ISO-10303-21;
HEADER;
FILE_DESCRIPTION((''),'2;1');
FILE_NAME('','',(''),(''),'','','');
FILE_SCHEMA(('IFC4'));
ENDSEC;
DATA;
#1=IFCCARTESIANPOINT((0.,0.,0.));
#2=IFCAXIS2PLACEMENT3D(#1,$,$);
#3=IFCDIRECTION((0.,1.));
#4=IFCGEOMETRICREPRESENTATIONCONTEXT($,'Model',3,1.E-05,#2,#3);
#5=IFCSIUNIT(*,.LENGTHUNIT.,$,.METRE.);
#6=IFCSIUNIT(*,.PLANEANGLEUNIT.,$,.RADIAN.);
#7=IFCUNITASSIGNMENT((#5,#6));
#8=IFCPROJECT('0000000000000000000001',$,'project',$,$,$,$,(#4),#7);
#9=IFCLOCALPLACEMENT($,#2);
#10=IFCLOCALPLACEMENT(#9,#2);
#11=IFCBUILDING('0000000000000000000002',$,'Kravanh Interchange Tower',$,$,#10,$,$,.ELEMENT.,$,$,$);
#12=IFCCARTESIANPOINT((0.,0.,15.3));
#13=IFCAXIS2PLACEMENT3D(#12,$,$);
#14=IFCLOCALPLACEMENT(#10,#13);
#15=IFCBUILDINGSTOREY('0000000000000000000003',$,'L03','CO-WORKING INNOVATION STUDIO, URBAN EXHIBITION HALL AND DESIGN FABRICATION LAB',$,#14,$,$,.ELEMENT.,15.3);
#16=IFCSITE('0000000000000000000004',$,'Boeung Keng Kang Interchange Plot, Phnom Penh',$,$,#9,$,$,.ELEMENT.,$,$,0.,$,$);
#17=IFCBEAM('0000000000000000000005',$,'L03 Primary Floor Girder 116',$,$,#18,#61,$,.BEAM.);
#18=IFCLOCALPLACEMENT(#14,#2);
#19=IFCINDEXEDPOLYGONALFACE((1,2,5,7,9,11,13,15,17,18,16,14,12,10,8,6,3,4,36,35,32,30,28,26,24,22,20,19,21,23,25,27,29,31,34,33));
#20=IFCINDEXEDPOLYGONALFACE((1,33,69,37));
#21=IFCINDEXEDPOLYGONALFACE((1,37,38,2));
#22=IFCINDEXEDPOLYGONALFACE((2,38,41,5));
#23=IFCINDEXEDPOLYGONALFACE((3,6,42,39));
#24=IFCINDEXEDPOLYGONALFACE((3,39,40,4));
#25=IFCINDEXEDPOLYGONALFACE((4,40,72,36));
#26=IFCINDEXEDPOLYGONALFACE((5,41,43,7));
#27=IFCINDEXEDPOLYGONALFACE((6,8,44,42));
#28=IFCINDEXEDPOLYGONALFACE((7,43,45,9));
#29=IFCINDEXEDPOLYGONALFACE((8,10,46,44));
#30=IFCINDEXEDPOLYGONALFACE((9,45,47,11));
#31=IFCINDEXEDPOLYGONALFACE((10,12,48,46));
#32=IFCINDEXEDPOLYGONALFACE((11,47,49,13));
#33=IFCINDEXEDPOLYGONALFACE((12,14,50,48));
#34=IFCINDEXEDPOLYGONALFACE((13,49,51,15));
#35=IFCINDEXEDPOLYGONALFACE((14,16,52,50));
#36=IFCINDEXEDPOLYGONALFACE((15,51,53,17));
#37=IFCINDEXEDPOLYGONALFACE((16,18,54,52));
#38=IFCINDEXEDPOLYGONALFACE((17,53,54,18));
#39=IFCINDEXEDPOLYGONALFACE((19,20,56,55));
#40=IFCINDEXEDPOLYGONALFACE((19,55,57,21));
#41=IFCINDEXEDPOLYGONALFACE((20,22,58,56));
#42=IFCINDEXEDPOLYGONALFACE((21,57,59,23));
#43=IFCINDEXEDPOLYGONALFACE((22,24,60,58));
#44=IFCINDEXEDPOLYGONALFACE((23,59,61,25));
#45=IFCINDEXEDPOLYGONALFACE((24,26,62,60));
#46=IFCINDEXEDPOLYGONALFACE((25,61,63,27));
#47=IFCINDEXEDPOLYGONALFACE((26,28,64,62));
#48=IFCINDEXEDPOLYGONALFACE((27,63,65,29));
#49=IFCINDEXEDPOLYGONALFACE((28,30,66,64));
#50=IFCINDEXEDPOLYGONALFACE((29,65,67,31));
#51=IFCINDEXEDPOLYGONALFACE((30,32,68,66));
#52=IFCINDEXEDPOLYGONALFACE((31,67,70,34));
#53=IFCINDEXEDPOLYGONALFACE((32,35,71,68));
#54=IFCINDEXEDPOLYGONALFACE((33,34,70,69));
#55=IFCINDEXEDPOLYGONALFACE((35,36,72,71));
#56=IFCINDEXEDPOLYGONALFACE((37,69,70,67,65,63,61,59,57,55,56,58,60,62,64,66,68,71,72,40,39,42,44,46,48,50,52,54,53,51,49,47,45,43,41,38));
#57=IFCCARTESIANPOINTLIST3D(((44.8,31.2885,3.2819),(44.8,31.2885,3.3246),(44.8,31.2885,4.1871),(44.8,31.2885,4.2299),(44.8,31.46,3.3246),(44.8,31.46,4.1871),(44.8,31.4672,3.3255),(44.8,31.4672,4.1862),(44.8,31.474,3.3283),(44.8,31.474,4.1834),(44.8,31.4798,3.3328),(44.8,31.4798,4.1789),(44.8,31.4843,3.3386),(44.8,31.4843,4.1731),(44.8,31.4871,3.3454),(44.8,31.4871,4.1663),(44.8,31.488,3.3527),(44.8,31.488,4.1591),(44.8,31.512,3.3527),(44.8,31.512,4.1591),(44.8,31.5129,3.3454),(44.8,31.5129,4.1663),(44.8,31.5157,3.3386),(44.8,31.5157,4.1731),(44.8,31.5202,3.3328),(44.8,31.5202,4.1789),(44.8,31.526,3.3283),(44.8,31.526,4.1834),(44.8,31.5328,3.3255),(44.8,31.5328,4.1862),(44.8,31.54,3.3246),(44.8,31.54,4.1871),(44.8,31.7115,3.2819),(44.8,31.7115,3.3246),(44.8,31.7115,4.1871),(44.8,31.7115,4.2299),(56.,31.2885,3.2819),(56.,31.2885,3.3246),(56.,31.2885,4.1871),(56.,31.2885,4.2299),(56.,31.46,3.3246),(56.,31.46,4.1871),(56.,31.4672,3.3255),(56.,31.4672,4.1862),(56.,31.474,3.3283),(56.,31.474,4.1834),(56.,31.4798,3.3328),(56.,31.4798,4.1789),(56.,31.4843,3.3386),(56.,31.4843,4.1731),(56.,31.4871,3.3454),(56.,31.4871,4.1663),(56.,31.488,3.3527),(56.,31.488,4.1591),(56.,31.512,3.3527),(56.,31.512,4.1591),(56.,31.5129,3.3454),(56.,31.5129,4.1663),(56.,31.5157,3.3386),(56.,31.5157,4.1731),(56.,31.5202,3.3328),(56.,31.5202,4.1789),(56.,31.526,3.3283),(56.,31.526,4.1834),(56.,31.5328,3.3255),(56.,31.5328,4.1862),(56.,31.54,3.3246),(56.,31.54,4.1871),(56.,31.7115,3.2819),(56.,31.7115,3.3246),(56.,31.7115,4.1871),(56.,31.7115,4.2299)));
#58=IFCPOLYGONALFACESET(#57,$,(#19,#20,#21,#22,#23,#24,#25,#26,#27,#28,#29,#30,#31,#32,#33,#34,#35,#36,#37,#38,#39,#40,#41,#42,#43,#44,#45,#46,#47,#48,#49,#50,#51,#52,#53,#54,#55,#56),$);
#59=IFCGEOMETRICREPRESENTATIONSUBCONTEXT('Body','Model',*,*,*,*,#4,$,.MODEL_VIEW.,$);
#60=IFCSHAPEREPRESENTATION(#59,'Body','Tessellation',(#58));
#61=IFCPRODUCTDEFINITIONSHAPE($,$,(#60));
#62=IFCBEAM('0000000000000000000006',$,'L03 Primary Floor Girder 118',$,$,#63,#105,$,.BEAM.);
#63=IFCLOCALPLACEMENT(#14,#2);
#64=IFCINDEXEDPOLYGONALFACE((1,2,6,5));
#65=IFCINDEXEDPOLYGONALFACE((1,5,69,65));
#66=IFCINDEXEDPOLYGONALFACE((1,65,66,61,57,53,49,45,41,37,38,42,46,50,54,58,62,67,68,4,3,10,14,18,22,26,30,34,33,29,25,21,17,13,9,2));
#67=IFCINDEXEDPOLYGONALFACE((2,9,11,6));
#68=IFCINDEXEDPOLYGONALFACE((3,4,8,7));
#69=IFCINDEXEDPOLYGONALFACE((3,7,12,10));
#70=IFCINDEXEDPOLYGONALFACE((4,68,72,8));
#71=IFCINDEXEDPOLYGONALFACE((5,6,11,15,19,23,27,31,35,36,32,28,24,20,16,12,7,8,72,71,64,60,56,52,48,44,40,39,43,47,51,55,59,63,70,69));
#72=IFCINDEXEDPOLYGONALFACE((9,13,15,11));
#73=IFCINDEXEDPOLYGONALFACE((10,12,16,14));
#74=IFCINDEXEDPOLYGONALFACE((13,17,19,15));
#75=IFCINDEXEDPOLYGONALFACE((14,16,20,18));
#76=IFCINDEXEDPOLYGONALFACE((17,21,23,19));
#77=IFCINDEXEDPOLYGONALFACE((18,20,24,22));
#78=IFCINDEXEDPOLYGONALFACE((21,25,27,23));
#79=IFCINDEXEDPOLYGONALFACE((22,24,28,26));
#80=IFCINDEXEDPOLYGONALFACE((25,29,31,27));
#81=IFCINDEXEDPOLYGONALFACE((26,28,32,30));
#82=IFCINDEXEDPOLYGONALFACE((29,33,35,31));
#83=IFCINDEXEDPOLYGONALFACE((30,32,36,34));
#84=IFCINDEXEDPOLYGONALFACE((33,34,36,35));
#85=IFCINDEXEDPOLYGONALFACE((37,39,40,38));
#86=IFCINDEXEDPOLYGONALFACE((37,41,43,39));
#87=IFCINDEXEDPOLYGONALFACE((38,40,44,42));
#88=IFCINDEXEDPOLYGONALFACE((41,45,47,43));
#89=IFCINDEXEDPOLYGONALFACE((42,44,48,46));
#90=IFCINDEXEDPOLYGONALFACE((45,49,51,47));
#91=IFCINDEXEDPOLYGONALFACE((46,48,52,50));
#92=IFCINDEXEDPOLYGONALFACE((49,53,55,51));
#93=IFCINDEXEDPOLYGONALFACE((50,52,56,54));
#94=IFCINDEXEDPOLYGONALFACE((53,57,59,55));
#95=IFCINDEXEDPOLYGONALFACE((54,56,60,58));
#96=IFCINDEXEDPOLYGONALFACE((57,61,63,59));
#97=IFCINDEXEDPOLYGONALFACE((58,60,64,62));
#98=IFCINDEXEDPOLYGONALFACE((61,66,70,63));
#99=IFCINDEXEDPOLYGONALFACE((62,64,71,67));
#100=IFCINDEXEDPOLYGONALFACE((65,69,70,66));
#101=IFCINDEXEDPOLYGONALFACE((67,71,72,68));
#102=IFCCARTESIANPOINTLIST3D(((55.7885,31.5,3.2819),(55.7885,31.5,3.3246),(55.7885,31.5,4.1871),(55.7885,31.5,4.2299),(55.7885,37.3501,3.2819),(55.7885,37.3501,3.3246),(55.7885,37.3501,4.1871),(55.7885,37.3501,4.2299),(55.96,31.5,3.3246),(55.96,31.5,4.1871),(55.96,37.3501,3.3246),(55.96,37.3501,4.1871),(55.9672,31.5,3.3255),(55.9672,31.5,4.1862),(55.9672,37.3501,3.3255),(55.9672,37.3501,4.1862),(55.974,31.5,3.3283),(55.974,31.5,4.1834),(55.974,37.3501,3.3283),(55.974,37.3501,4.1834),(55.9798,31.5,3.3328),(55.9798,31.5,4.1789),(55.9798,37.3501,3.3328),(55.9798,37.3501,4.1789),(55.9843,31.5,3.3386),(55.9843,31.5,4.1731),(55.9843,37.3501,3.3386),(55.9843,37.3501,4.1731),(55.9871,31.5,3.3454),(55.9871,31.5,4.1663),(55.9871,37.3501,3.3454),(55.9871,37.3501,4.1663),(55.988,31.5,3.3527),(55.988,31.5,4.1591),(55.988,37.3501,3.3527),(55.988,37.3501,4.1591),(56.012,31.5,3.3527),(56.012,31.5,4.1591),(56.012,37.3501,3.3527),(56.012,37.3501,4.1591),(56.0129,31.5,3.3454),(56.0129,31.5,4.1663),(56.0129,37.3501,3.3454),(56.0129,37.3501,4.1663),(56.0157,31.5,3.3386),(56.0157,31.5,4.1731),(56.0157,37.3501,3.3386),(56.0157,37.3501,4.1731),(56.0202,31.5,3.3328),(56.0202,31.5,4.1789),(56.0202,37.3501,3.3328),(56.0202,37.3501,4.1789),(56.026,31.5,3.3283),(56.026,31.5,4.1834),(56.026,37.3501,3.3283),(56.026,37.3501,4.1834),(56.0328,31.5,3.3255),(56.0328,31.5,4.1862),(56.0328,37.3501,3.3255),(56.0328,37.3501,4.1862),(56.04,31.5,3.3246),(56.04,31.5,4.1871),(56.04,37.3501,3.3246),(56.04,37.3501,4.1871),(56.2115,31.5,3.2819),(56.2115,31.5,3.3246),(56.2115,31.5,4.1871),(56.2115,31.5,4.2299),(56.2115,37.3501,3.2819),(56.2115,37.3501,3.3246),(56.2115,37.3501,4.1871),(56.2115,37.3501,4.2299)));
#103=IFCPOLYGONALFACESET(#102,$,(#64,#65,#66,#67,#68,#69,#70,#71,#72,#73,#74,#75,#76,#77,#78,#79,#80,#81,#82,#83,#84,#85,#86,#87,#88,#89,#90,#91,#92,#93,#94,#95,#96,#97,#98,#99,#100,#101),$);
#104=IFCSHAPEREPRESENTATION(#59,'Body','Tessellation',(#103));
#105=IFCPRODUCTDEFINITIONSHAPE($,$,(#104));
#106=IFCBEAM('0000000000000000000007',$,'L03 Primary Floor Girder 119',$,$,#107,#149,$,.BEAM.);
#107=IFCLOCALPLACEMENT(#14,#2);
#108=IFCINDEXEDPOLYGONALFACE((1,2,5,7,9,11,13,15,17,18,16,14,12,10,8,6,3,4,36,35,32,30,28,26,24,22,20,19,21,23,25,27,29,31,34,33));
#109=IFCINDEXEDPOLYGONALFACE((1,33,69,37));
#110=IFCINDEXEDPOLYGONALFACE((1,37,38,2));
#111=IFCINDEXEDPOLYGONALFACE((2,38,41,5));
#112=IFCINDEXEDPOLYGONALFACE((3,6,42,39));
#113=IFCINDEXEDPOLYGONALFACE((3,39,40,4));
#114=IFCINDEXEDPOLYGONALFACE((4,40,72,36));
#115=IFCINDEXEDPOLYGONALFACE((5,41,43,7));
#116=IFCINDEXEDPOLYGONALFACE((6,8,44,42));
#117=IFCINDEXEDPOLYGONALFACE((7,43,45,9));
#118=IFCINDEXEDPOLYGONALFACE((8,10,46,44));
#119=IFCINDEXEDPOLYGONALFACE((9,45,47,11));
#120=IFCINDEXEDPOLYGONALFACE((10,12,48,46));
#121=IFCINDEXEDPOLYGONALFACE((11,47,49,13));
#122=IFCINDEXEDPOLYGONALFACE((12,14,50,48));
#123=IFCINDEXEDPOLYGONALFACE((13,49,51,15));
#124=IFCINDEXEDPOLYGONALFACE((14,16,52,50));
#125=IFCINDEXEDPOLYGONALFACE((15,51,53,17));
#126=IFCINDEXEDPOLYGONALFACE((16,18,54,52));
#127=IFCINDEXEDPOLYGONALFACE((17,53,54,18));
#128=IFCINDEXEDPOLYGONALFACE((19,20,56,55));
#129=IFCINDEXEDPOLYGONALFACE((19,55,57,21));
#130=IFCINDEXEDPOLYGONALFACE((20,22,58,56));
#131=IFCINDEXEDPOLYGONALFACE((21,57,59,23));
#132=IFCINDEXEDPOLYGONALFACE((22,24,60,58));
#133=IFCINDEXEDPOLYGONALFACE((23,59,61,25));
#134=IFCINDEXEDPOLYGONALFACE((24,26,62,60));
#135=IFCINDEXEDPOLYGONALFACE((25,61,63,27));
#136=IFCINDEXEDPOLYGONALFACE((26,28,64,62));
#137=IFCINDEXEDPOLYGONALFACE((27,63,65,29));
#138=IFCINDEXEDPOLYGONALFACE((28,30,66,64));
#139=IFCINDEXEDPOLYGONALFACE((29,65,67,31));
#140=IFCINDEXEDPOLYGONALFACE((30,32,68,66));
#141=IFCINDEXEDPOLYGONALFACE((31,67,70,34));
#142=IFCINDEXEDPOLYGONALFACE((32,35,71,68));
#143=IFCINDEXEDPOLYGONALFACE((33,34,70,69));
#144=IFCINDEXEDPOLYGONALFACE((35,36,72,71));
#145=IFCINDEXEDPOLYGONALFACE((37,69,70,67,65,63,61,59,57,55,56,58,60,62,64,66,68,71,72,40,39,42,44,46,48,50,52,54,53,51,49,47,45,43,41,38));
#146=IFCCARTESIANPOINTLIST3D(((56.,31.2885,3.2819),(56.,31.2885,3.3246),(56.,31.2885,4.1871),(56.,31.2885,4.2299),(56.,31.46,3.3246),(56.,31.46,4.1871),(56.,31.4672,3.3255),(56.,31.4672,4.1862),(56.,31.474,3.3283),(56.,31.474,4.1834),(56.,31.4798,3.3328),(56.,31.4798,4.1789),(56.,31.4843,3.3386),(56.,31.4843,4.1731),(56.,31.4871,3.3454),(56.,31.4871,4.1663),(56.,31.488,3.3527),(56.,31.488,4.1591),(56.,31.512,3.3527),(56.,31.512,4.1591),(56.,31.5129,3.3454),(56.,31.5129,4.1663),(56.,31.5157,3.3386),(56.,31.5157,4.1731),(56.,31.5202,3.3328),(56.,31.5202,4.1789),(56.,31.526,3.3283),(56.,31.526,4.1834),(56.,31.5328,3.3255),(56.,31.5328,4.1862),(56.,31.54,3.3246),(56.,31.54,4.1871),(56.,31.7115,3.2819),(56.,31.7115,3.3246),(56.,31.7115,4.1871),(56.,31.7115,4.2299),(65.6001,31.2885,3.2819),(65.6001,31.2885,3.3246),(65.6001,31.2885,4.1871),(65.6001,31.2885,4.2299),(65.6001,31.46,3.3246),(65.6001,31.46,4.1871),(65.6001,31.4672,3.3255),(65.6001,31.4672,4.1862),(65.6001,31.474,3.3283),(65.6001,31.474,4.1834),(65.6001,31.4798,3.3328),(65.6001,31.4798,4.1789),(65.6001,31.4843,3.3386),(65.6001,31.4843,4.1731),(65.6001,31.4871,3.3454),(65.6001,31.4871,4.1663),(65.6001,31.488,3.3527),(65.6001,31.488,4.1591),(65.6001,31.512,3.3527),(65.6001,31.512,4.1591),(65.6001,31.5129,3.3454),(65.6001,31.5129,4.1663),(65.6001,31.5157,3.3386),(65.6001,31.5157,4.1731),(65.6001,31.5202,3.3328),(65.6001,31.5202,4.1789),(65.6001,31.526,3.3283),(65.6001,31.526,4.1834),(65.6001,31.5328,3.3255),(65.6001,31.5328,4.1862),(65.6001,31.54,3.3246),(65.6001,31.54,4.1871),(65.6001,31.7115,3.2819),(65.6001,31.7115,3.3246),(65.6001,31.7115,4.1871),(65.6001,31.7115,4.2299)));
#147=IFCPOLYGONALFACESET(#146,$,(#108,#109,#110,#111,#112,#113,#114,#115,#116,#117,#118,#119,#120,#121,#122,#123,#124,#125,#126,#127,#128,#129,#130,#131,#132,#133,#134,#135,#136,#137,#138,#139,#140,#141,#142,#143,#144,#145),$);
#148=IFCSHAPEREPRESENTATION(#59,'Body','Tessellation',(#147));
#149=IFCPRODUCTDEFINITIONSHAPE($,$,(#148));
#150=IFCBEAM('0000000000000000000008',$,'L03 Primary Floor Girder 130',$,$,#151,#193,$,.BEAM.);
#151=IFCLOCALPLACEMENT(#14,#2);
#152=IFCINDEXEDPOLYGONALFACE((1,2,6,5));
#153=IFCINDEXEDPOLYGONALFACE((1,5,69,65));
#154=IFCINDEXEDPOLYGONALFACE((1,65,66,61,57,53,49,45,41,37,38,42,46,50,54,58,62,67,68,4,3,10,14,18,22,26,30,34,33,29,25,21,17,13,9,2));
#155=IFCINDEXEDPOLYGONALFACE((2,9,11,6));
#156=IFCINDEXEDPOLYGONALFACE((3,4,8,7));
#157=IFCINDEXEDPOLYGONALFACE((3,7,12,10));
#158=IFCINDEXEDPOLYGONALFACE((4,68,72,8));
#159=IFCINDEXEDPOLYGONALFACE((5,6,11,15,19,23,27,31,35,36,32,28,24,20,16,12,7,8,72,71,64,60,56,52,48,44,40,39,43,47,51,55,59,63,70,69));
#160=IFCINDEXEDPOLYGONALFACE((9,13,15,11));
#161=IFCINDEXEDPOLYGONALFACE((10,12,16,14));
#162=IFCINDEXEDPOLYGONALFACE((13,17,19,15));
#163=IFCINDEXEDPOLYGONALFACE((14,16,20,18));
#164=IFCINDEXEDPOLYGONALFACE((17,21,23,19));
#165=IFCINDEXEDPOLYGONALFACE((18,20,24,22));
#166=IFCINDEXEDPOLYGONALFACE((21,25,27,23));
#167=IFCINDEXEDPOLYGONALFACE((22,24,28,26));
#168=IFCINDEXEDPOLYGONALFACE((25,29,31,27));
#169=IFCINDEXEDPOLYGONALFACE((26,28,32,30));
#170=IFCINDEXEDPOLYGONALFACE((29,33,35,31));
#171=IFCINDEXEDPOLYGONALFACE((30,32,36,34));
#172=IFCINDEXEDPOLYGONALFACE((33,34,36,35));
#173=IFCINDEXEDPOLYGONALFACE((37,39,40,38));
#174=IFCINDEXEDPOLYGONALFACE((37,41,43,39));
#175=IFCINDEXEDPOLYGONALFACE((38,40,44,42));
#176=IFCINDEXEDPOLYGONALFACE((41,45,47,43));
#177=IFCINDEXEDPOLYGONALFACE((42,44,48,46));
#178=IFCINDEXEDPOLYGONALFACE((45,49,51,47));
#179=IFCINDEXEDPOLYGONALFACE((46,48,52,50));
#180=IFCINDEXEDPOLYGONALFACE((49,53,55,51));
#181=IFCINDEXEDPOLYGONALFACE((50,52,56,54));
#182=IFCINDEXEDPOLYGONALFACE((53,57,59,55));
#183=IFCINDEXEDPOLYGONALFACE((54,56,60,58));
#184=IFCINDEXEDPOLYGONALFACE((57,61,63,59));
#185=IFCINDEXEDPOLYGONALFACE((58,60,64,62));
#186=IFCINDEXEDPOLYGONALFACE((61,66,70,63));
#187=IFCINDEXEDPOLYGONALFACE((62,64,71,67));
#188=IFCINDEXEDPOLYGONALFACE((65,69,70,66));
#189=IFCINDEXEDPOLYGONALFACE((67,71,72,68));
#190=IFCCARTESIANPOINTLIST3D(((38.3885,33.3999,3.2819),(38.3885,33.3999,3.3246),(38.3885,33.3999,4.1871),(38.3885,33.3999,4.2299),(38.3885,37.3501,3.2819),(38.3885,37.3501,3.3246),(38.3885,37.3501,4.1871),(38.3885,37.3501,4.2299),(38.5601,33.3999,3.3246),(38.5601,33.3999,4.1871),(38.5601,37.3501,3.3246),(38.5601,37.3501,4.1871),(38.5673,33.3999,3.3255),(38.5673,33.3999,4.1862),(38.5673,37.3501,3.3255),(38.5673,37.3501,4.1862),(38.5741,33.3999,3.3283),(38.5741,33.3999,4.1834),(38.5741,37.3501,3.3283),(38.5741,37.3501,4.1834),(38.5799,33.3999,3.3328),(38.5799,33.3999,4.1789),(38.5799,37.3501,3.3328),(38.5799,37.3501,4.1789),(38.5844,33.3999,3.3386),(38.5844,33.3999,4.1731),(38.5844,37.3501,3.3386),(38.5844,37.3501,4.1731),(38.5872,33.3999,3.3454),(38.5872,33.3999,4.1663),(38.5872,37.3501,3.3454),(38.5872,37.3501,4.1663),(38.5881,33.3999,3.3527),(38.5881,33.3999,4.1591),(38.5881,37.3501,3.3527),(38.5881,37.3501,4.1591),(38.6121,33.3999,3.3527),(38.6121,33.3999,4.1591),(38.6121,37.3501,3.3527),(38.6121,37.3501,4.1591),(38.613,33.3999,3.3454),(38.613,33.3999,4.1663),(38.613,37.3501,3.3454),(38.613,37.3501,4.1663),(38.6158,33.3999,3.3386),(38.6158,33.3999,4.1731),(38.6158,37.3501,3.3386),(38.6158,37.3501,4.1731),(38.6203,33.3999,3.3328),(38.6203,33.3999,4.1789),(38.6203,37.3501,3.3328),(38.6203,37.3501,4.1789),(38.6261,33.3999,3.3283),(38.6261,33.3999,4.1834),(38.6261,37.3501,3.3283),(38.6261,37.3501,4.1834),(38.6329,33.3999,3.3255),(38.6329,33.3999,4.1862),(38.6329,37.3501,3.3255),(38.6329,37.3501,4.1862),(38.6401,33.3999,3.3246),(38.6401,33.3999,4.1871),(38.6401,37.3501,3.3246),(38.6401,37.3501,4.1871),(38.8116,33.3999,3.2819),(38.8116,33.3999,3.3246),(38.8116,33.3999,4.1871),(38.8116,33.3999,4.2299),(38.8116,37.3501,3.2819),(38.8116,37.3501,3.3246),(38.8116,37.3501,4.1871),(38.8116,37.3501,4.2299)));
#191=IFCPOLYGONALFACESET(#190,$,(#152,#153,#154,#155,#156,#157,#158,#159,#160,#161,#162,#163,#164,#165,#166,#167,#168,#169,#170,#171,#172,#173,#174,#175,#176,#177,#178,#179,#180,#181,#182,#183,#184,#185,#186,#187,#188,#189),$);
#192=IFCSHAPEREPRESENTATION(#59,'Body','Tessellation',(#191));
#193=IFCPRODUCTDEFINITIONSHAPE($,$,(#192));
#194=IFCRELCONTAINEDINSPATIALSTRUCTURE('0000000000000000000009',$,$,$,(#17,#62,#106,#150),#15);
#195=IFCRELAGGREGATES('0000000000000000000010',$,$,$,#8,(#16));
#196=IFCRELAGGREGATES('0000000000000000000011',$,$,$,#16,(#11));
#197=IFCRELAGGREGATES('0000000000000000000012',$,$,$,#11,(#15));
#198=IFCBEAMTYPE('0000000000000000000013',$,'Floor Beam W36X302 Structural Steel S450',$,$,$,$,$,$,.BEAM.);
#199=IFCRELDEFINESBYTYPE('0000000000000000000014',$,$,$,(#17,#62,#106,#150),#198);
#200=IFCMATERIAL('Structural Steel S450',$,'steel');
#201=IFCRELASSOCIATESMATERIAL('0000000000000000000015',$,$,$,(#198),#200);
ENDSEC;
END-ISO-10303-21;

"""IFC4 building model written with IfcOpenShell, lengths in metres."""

from ifc_helpers import new_model, si_unit, direction, frame, origin, origin_2d, place, context, subcontext, project, spatial, i_section, extrude, material, material_profile, profile_set, type_object, element, save


model = new_model("IFC4")

# Units and contexts
model_context = context("Model", 3, precision=1e-05, world=origin(), true_north=direction((0.0, 1.0)))
body_context = subcontext(model_context, "Body", "Model", "MODEL_VIEW")
ifc_project = project(units=[si_unit("LENGTHUNIT", "METRE"), si_unit("PLANEANGLEUNIT", "RADIAN")], contexts=[model_context])

# Site, building, storey
site_placement = place(None, origin())
site = spatial("IfcSite", under=ifc_project, at=site_placement, Name="Boeung Keng Kang Interchange Plot, Phnom Penh", CompositionType="ELEMENT", RefElevation=0.0)
building_placement = place(site_placement, origin())
building = spatial("IfcBuilding", under=site, at=building_placement, Name="Kravanh Interchange Tower", CompositionType="ELEMENT")
storey_placement = place(building_placement, frame((0.0, 0.0, 15.3)))
storey = spatial("IfcBuildingStorey", under=building, at=storey_placement, Name="L03", Description="CO-WORKING INNOVATION STUDIO, URBAN EXHIBITION HALL AND DESIGN FABRICATION LAB", CompositionType="ELEMENT", Elevation=15.3)

# Beams
ifc_material_1 = material(Name="Structural Steel S450", Category="steel")
ifc_material_profile_1 = material_profile(ifc_material_1, i_section(OverallWidth=0.4231, OverallDepth=0.948, WebThickness=0.0239, FlangeThickness=0.0427, FilletRadius=0.0281, at=origin_2d()), Name="W36X302")
ifc_profile_set_1 = profile_set([ifc_material_profile_1], Name="Structural Steel S450")
beam_type_1 = type_object("IfcBeamType", Name="Floor Beam W36X302 Structural Steel S450", PredefinedType="BEAM", material=ifc_profile_set_1)
beam_1_placement = place(storey_placement, frame((44.8, 31.5, 3.7559), z_axis=(1.0, 0.0, 0.0), x_axis=(0.0, 1.0, 0.0)))
element("IfcBeam", 1, at=beam_1_placement, inside=storey, type_object=beam_type_1, Name="L03 Primary Floor Girder 116", PredefinedType="BEAM", context=body_context, shape_type="SweptSolid", body=[
    extrude(i_section(OverallWidth=0.4231, OverallDepth=0.948, WebThickness=0.0239, FlangeThickness=0.0427, FilletRadius=0.0281, at=origin_2d()), origin(), (0.0, 0.0, 1.0), 11.2),
])
beam_2_placement = place(storey_placement, frame((56.0, 31.5, 3.7559), z_axis=(0.0, 1.0, 0.0), x_axis=(-1.0, 0.0, 0.0)))
element("IfcBeam", 2, at=beam_2_placement, inside=storey, type_object=beam_type_1, Name="L03 Primary Floor Girder 118", PredefinedType="BEAM", context=body_context, shape_type="SweptSolid", body=[
    extrude(i_section(OverallWidth=0.4231, OverallDepth=0.948, WebThickness=0.0239, FlangeThickness=0.0427, FilletRadius=0.0281, at=origin_2d()), origin(), (0.0, 0.0, 1.0), 5.8501),
])
beam_3_placement = place(storey_placement, frame((56.0, 31.5, 3.7559), z_axis=(1.0, 0.0, 0.0), x_axis=(0.0, 1.0, 0.0)))
element("IfcBeam", 3, at=beam_3_placement, inside=storey, type_object=beam_type_1, Name="L03 Primary Floor Girder 119", PredefinedType="BEAM", context=body_context, shape_type="SweptSolid", body=[
    extrude(i_section(OverallWidth=0.4231, OverallDepth=0.948, WebThickness=0.0239, FlangeThickness=0.0427, FilletRadius=0.0281, at=origin_2d()), origin(), (0.0, 0.0, 1.0), 9.6001),
])
beam_4_placement = place(storey_placement, frame((38.6001, 33.3999, 3.7559), z_axis=(0.0, 1.0, 0.0), x_axis=(-1.0, 0.0, 0.0)))
element("IfcBeam", 4, at=beam_4_placement, inside=storey, type_object=beam_type_1, Name="L03 Primary Floor Girder 130", PredefinedType="BEAM", context=body_context, shape_type="SweptSolid", body=[
    extrude(i_section(OverallWidth=0.4231, OverallDepth=0.948, WebThickness=0.0239, FlangeThickness=0.0427, FilletRadius=0.0281, at=origin_2d()), origin(), (0.0, 0.0, 1.0), 3.9502),
])

save(model, "model.ifc")
